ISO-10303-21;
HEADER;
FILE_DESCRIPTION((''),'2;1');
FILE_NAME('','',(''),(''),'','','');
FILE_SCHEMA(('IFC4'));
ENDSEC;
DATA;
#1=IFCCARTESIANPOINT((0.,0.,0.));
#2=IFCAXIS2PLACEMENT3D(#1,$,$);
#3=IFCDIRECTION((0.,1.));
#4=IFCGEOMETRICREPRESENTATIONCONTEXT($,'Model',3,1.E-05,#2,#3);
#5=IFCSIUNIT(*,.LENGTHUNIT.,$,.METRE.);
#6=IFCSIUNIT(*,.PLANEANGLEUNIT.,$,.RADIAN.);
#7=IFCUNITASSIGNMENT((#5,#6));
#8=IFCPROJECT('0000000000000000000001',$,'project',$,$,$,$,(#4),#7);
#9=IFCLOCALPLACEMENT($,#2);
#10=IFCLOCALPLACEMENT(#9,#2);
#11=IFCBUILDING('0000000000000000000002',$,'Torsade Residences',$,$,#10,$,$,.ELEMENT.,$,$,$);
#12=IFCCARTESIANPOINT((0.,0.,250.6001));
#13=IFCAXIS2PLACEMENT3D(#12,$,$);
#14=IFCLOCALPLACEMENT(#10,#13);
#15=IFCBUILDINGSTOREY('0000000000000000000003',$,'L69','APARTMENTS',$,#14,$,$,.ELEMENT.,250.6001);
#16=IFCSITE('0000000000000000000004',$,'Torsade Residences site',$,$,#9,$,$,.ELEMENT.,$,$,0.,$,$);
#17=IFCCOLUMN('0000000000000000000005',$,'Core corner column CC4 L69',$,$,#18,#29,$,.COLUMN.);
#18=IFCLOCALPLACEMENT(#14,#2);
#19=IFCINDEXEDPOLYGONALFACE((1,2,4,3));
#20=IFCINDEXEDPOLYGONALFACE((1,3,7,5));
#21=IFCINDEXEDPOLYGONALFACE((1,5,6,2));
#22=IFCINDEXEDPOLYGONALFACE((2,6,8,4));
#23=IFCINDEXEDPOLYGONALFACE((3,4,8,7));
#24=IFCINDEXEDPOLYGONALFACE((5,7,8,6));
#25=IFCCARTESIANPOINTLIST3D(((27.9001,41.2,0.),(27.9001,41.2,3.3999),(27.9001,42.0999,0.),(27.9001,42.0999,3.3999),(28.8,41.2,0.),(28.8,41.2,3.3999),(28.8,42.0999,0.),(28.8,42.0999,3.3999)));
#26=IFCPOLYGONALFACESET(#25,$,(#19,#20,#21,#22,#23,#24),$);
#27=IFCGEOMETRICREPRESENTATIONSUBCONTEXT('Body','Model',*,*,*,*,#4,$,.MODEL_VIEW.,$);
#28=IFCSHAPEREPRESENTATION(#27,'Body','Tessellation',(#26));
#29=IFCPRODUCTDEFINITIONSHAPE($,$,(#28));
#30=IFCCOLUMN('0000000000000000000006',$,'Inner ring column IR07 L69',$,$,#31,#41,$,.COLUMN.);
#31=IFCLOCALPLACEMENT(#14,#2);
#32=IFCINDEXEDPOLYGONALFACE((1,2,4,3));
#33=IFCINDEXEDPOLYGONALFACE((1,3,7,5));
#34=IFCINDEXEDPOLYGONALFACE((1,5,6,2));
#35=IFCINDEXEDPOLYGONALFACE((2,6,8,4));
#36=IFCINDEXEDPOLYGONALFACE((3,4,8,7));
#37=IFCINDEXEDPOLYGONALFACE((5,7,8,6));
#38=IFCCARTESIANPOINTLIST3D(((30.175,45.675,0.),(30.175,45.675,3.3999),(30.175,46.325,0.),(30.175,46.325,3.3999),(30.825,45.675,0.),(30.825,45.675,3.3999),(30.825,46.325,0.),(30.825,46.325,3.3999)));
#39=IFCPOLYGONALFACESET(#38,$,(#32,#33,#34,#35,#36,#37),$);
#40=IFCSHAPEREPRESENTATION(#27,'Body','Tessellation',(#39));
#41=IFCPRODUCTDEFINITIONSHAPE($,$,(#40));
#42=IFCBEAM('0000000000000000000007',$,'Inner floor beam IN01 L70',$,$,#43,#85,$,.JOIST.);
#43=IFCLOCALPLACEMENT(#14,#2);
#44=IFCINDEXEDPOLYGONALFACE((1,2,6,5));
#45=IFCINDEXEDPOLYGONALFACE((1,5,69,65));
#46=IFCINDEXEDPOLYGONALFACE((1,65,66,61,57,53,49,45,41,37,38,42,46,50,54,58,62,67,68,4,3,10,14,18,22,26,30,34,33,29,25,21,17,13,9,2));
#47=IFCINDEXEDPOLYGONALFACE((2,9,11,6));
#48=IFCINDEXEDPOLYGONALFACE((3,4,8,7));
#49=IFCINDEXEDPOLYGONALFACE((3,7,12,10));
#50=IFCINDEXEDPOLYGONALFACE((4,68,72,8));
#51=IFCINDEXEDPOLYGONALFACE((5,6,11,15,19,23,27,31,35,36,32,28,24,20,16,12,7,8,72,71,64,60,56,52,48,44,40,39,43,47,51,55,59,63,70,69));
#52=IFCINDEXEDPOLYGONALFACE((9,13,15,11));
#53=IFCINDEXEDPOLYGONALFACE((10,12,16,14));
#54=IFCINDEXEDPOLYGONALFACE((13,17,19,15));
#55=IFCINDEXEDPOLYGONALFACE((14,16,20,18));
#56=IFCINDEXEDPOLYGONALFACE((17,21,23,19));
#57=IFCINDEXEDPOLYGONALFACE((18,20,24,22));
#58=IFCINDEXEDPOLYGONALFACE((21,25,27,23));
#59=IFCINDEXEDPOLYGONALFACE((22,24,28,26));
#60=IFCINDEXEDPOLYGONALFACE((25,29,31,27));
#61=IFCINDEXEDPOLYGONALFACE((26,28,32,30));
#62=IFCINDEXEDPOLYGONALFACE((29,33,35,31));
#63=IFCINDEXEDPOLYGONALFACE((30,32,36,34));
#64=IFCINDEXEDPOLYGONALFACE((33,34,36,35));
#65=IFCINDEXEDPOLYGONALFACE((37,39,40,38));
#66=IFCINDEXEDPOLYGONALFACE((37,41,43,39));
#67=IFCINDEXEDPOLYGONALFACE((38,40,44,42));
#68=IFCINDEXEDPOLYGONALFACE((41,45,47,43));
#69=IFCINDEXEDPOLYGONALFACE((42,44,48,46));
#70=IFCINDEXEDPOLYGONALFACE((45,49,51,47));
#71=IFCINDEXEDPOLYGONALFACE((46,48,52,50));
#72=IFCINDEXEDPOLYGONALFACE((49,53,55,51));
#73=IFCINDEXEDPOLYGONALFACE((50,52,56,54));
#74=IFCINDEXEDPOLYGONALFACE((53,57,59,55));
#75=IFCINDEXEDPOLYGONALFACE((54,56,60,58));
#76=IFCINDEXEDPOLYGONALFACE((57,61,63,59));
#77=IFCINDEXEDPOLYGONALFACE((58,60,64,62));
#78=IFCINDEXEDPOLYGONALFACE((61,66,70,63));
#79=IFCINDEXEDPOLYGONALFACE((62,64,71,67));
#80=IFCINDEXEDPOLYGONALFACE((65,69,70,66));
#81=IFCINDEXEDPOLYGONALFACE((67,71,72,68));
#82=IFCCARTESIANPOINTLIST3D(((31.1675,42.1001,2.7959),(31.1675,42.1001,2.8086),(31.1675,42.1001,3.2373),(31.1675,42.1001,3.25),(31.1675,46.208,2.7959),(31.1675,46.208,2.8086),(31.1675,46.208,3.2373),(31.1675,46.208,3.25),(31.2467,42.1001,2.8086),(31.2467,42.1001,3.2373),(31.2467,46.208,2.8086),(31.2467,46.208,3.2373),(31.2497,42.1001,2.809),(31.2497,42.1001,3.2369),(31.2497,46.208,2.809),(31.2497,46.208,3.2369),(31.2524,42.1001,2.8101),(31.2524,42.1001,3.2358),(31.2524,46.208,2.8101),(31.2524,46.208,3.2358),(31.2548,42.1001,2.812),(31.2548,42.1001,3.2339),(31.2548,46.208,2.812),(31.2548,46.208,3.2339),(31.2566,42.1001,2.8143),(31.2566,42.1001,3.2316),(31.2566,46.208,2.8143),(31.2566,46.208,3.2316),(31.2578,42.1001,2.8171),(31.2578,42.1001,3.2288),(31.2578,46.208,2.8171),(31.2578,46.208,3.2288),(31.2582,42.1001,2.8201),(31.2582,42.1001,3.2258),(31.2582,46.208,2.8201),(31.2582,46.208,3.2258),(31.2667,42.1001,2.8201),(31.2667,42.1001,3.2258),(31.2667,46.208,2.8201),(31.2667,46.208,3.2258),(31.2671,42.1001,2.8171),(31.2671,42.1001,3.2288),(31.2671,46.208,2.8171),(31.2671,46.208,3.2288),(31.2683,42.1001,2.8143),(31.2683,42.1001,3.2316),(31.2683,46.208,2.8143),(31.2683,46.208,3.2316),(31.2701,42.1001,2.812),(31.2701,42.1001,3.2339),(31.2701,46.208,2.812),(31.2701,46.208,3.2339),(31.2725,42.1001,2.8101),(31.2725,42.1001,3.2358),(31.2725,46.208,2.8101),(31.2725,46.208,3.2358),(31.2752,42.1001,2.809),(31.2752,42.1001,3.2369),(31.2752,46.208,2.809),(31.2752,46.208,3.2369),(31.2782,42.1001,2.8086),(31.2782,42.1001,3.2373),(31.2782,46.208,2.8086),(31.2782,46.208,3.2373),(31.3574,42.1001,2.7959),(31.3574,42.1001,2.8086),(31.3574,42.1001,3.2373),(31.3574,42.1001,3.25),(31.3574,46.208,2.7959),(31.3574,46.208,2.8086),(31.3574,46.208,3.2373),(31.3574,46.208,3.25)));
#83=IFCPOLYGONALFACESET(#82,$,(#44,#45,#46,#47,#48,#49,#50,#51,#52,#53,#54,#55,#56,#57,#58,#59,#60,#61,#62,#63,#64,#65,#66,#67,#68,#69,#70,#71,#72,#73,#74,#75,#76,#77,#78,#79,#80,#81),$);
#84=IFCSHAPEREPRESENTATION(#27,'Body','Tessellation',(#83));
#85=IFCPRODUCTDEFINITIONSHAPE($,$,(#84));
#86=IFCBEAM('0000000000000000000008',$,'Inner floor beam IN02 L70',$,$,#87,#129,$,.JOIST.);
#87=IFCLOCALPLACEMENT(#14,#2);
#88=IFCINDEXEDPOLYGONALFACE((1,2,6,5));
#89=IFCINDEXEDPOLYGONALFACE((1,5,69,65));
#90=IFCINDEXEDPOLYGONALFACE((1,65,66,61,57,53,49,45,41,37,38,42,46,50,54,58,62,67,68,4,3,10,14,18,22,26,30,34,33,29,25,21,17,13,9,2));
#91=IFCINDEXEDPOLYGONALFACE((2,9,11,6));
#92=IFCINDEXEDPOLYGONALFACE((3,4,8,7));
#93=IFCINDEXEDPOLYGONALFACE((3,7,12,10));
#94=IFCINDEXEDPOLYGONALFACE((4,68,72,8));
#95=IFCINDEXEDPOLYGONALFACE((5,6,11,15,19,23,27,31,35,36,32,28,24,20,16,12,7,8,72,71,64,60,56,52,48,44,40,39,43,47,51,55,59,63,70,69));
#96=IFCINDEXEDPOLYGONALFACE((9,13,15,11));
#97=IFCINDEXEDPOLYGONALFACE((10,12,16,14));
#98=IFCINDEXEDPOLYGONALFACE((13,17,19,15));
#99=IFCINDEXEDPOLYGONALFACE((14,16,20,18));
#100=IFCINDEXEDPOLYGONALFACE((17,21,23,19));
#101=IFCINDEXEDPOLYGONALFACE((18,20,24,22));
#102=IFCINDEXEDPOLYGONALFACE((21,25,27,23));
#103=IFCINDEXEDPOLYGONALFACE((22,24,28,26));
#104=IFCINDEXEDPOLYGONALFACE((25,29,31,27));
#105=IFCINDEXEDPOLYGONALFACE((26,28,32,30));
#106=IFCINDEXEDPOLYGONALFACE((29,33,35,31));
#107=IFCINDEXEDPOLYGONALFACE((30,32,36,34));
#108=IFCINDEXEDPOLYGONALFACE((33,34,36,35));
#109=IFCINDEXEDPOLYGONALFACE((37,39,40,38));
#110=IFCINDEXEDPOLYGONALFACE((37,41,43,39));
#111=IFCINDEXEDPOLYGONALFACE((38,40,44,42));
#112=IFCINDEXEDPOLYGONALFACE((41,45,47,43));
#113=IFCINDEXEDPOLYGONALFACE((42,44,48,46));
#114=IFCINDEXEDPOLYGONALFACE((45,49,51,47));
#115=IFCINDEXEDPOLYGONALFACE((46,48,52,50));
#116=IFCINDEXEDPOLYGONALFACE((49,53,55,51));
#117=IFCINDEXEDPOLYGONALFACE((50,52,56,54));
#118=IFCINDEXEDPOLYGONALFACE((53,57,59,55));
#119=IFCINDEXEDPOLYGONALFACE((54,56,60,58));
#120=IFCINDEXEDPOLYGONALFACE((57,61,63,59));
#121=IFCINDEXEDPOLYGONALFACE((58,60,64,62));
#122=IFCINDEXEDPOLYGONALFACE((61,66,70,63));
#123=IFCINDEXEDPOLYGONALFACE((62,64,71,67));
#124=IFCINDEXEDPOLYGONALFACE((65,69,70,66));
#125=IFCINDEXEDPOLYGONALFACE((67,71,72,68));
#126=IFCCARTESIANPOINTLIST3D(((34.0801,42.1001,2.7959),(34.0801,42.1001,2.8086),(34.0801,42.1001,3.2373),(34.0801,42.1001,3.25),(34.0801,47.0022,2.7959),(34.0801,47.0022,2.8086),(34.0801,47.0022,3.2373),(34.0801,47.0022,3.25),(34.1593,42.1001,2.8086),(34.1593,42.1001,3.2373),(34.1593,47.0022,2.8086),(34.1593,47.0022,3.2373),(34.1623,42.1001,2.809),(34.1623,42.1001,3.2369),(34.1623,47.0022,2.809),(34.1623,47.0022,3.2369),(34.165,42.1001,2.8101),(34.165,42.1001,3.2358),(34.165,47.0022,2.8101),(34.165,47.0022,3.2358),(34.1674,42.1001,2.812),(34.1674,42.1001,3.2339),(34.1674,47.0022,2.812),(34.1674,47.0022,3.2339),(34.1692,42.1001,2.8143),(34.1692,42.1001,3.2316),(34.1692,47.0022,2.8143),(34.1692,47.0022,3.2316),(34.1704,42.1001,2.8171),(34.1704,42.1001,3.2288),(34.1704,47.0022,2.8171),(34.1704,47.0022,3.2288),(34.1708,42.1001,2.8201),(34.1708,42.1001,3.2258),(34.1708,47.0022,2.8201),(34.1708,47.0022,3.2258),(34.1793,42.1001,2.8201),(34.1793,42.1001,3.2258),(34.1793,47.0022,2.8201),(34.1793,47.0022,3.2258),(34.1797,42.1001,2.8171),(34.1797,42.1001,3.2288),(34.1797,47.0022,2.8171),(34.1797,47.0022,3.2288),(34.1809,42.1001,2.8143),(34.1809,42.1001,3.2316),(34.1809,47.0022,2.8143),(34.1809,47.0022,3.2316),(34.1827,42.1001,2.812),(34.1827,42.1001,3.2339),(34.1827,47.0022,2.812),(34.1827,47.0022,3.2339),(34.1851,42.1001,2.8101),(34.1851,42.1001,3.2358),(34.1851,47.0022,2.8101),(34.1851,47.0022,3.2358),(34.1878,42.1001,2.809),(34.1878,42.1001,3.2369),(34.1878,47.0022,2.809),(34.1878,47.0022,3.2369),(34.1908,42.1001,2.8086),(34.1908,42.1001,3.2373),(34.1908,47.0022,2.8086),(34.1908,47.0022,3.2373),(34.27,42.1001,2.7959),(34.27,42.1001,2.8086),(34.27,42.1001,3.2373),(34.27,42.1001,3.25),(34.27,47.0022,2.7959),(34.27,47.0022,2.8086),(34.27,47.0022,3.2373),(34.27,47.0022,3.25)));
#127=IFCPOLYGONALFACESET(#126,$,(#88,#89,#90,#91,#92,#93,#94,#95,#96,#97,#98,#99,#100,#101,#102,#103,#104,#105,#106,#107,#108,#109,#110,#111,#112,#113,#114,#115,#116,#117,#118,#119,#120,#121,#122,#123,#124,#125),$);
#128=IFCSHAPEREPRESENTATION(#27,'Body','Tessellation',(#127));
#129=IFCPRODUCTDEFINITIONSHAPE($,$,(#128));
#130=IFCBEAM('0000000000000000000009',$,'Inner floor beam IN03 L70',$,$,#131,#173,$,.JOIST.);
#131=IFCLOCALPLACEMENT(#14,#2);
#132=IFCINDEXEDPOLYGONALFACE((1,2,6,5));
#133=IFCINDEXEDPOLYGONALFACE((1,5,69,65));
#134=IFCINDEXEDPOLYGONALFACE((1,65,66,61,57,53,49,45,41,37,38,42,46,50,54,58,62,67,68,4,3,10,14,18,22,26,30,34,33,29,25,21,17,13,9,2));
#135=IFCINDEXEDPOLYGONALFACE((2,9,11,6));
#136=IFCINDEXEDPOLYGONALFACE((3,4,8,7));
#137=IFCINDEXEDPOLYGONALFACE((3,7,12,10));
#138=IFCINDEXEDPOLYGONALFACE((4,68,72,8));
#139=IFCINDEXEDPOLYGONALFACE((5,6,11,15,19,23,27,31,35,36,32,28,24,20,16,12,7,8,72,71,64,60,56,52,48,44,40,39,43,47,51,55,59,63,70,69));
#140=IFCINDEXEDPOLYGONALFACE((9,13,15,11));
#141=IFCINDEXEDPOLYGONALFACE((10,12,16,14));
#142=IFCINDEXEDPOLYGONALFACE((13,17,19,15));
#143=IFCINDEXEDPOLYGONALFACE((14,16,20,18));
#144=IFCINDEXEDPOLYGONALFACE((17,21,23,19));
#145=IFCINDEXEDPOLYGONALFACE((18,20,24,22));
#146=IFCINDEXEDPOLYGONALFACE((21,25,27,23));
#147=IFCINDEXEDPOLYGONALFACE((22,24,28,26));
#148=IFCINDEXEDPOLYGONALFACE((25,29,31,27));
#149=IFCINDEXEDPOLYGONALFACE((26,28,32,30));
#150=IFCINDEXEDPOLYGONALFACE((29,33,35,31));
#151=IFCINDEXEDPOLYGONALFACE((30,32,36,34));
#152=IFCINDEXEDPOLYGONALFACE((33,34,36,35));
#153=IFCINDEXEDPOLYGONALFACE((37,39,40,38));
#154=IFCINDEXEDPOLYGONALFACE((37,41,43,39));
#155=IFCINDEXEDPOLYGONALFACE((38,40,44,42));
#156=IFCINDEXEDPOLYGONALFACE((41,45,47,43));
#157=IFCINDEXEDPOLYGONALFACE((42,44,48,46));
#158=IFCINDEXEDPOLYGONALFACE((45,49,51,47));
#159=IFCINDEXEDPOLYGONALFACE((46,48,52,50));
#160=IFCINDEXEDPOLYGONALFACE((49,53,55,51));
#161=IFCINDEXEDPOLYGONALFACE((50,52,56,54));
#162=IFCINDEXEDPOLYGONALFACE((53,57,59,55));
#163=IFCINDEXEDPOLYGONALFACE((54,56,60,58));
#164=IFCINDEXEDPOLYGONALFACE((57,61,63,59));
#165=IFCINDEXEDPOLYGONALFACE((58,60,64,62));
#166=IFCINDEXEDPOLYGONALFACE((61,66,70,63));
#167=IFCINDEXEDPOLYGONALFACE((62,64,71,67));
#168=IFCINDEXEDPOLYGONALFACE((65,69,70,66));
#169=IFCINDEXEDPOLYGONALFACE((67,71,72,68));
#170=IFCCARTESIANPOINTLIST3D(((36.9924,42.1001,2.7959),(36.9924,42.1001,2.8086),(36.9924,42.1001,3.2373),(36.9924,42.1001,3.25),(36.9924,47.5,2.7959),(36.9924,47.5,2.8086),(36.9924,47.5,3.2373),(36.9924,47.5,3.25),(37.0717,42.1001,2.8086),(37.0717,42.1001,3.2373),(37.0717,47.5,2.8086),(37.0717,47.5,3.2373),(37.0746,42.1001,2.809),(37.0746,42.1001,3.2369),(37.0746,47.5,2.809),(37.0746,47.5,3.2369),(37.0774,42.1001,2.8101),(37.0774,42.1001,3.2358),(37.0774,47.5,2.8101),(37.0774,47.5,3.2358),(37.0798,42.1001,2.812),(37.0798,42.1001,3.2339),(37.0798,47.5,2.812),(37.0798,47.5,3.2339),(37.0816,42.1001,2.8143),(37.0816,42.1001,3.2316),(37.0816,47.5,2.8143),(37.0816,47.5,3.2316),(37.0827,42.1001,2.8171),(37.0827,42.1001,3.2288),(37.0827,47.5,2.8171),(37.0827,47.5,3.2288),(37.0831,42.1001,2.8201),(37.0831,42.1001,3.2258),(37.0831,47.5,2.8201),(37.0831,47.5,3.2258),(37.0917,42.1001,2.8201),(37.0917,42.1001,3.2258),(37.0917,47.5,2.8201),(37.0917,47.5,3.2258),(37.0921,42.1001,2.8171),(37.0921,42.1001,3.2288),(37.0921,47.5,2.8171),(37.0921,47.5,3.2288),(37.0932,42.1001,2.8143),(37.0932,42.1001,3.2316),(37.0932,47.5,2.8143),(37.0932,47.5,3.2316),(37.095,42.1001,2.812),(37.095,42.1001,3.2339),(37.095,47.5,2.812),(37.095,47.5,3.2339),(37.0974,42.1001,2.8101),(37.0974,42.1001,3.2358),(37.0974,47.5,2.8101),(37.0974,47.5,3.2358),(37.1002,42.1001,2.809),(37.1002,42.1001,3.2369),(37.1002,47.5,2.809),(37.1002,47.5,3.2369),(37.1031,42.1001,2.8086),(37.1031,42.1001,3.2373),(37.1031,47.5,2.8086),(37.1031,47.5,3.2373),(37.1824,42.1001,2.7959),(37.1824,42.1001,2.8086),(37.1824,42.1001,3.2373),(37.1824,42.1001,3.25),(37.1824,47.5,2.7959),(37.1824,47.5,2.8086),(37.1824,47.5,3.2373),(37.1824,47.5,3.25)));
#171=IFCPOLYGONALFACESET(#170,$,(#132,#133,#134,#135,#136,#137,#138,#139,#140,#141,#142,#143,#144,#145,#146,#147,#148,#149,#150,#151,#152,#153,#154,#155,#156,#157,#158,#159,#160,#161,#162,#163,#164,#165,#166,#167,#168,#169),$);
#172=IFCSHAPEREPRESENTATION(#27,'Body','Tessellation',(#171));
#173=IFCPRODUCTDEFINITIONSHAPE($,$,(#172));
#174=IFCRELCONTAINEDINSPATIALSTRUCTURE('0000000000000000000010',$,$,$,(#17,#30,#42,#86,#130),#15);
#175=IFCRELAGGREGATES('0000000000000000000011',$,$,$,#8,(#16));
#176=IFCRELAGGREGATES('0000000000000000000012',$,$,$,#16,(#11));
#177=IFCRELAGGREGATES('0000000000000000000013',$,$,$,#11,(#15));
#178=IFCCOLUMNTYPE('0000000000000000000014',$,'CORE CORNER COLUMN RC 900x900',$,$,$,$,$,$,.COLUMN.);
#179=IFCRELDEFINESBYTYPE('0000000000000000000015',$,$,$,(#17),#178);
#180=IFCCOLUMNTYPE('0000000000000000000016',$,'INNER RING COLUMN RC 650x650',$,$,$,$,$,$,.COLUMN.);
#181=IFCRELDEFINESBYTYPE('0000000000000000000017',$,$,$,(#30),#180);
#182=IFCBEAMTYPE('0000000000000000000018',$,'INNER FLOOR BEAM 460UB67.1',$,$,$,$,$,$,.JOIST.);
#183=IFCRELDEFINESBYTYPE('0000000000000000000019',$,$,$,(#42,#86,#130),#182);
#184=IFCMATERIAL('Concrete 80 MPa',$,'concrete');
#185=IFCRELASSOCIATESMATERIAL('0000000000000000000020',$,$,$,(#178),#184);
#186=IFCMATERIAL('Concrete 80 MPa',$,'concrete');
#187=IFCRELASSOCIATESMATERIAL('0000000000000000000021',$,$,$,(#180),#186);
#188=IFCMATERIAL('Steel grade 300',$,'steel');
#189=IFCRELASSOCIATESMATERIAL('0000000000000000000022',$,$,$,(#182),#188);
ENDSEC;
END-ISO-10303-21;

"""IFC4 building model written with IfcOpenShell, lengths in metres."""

from ifc_helpers import new_model, si_unit, direction, frame, origin, origin_2d, place, context, subcontext, project, spatial, rectangle, i_section, extrude, material, material_profile, profile_set, type_object, element, save


model = new_model("IFC4")

# Units and contexts
model_context = context("Model", 3, precision=1e-05, world=origin(), true_north=direction((0.0, 1.0)))
body_context = subcontext(model_context, "Body", "Model", "MODEL_VIEW")
ifc_project = project(units=[si_unit("LENGTHUNIT", "METRE"), si_unit("PLANEANGLEUNIT", "RADIAN")], contexts=[model_context])

# Site, building, storey
site_placement = place(None, origin())
site = spatial("IfcSite", under=ifc_project, at=site_placement, Name="Torsade Residences site", CompositionType="ELEMENT", RefElevation=0.0)
building_placement = place(site_placement, origin())
building = spatial("IfcBuilding", under=site, at=building_placement, Name="Torsade Residences", CompositionType="ELEMENT")
storey_placement = place(building_placement, frame((0.0, 0.0, 250.6001)))
storey = spatial("IfcBuildingStorey", under=building, at=storey_placement, Name="L69", Description="APARTMENTS", CompositionType="ELEMENT", Elevation=250.6001)

# Columns
ifc_material_1 = material(Name="Concrete 80 MPa", Category="concrete")
ifc_material_profile_1 = material_profile(ifc_material_1, rectangle(XDim=0.8999, YDim=0.8999, at=origin_2d()), Name="RC 900x900")
ifc_profile_set_1 = profile_set([ifc_material_profile_1], Name="Concrete 80 MPa")
column_type_1 = type_object("IfcColumnType", Name="CORE CORNER COLUMN RC 900x900", PredefinedType="COLUMN", material=ifc_profile_set_1)
column_1_placement = place(storey_placement, frame((28.3501, 41.6499, 0.0), z_axis=(0.0, 0.0, 1.0), x_axis=(1.0, 0.0, 0.0)))
element("IfcColumn", 1, at=column_1_placement, inside=storey, type_object=column_type_1, Name="Core corner column CC4 L69", PredefinedType="COLUMN", context=body_context, shape_type="SweptSolid", body=[
    extrude(rectangle(XDim=0.8999, YDim=0.8999, at=origin_2d()), origin(), (0.0, 0.0, 1.0), 3.3999),
])
ifc_material_2 = material(Name="Concrete 80 MPa", Category="concrete")
ifc_material_profile_2 = material_profile(ifc_material_2, rectangle(XDim=0.6499, YDim=0.6499, at=origin_2d()), Name="RC 650x650")
ifc_profile_set_2 = profile_set([ifc_material_profile_2], Name="Concrete 80 MPa")
column_type_2 = type_object("IfcColumnType", Name="INNER RING COLUMN RC 650x650", PredefinedType="COLUMN", material=ifc_profile_set_2)
column_2_placement = place(storey_placement, frame((30.5, 46.0, 0.0), z_axis=(0.0, 0.0, 1.0), x_axis=(1.0, 0.0, 0.0)))
element("IfcColumn", 2, at=column_2_placement, inside=storey, type_object=column_type_2, Name="Inner ring column IR07 L69", PredefinedType="COLUMN", context=body_context, shape_type="SweptSolid", body=[
    extrude(rectangle(XDim=0.6499, YDim=0.6499, at=origin_2d()), origin(), (0.0, 0.0, 1.0), 3.3999),
])

# Beams
ifc_material_3 = material(Name="Steel grade 300", Category="steel")
ifc_material_profile_3 = material_profile(ifc_material_3, i_section(OverallWidth=0.1899, OverallDepth=0.4541, WebThickness=0.0085, FlangeThickness=0.0127, FilletRadius=0.0115, at=origin_2d()), Name="460UB67.1")
ifc_profile_set_3 = profile_set([ifc_material_profile_3], Name="Steel grade 300")
beam_type_1 = type_object("IfcBeamType", Name="INNER FLOOR BEAM 460UB67.1", PredefinedType="JOIST", material=ifc_profile_set_3)
beam_1_placement = place(storey_placement, frame((31.2625, 42.1001, 3.0229), z_axis=(0.0, 1.0, 0.0), x_axis=(-1.0, 0.0, 0.0)))
element("IfcBeam", 3, at=beam_1_placement, inside=storey, type_object=beam_type_1, Name="Inner floor beam IN01 L70", PredefinedType="JOIST", context=body_context, shape_type="SweptSolid", body=[
    extrude(i_section(OverallWidth=0.1899, OverallDepth=0.4541, WebThickness=0.0085, FlangeThickness=0.0127, FilletRadius=0.0115, at=origin_2d()), origin(), (0.0, 0.0, 1.0), 4.1079),
])
beam_2_placement = place(storey_placement, frame((34.175, 42.1001, 3.0229), z_axis=(0.0, 1.0, 0.0), x_axis=(-1.0, 0.0, 0.0)))
element("IfcBeam", 4, at=beam_2_placement, inside=storey, type_object=beam_type_1, Name="Inner floor beam IN02 L70", PredefinedType="JOIST", context=body_context, shape_type="SweptSolid", body=[
    extrude(i_section(OverallWidth=0.1899, OverallDepth=0.4541, WebThickness=0.0085, FlangeThickness=0.0127, FilletRadius=0.0115, at=origin_2d()), origin(), (0.0, 0.0, 1.0), 4.9021),
])
for number, where, z_axis, x_axis, name in (
    (5, (37.0874, 42.1001, 3.0229), (0.0, 1.0, 0.0), (-1.0, 0.0, 0.0), "Inner floor beam IN03 L70"),
):
    element("IfcBeam", number, at=place(storey_placement, frame(where, z_axis=z_axis, x_axis=x_axis)), inside=storey, type_object=beam_type_1, Name=name, PredefinedType="JOIST", context=body_context, shape_type="SweptSolid", body=[
        extrude(i_section(OverallWidth=0.1899, OverallDepth=0.4541, WebThickness=0.0085, FlangeThickness=0.0127, FilletRadius=0.0115, at=origin_2d()), origin(), (0.0, 0.0, 1.0), 5.3999),
    ])

save(model, "model.ifc")
